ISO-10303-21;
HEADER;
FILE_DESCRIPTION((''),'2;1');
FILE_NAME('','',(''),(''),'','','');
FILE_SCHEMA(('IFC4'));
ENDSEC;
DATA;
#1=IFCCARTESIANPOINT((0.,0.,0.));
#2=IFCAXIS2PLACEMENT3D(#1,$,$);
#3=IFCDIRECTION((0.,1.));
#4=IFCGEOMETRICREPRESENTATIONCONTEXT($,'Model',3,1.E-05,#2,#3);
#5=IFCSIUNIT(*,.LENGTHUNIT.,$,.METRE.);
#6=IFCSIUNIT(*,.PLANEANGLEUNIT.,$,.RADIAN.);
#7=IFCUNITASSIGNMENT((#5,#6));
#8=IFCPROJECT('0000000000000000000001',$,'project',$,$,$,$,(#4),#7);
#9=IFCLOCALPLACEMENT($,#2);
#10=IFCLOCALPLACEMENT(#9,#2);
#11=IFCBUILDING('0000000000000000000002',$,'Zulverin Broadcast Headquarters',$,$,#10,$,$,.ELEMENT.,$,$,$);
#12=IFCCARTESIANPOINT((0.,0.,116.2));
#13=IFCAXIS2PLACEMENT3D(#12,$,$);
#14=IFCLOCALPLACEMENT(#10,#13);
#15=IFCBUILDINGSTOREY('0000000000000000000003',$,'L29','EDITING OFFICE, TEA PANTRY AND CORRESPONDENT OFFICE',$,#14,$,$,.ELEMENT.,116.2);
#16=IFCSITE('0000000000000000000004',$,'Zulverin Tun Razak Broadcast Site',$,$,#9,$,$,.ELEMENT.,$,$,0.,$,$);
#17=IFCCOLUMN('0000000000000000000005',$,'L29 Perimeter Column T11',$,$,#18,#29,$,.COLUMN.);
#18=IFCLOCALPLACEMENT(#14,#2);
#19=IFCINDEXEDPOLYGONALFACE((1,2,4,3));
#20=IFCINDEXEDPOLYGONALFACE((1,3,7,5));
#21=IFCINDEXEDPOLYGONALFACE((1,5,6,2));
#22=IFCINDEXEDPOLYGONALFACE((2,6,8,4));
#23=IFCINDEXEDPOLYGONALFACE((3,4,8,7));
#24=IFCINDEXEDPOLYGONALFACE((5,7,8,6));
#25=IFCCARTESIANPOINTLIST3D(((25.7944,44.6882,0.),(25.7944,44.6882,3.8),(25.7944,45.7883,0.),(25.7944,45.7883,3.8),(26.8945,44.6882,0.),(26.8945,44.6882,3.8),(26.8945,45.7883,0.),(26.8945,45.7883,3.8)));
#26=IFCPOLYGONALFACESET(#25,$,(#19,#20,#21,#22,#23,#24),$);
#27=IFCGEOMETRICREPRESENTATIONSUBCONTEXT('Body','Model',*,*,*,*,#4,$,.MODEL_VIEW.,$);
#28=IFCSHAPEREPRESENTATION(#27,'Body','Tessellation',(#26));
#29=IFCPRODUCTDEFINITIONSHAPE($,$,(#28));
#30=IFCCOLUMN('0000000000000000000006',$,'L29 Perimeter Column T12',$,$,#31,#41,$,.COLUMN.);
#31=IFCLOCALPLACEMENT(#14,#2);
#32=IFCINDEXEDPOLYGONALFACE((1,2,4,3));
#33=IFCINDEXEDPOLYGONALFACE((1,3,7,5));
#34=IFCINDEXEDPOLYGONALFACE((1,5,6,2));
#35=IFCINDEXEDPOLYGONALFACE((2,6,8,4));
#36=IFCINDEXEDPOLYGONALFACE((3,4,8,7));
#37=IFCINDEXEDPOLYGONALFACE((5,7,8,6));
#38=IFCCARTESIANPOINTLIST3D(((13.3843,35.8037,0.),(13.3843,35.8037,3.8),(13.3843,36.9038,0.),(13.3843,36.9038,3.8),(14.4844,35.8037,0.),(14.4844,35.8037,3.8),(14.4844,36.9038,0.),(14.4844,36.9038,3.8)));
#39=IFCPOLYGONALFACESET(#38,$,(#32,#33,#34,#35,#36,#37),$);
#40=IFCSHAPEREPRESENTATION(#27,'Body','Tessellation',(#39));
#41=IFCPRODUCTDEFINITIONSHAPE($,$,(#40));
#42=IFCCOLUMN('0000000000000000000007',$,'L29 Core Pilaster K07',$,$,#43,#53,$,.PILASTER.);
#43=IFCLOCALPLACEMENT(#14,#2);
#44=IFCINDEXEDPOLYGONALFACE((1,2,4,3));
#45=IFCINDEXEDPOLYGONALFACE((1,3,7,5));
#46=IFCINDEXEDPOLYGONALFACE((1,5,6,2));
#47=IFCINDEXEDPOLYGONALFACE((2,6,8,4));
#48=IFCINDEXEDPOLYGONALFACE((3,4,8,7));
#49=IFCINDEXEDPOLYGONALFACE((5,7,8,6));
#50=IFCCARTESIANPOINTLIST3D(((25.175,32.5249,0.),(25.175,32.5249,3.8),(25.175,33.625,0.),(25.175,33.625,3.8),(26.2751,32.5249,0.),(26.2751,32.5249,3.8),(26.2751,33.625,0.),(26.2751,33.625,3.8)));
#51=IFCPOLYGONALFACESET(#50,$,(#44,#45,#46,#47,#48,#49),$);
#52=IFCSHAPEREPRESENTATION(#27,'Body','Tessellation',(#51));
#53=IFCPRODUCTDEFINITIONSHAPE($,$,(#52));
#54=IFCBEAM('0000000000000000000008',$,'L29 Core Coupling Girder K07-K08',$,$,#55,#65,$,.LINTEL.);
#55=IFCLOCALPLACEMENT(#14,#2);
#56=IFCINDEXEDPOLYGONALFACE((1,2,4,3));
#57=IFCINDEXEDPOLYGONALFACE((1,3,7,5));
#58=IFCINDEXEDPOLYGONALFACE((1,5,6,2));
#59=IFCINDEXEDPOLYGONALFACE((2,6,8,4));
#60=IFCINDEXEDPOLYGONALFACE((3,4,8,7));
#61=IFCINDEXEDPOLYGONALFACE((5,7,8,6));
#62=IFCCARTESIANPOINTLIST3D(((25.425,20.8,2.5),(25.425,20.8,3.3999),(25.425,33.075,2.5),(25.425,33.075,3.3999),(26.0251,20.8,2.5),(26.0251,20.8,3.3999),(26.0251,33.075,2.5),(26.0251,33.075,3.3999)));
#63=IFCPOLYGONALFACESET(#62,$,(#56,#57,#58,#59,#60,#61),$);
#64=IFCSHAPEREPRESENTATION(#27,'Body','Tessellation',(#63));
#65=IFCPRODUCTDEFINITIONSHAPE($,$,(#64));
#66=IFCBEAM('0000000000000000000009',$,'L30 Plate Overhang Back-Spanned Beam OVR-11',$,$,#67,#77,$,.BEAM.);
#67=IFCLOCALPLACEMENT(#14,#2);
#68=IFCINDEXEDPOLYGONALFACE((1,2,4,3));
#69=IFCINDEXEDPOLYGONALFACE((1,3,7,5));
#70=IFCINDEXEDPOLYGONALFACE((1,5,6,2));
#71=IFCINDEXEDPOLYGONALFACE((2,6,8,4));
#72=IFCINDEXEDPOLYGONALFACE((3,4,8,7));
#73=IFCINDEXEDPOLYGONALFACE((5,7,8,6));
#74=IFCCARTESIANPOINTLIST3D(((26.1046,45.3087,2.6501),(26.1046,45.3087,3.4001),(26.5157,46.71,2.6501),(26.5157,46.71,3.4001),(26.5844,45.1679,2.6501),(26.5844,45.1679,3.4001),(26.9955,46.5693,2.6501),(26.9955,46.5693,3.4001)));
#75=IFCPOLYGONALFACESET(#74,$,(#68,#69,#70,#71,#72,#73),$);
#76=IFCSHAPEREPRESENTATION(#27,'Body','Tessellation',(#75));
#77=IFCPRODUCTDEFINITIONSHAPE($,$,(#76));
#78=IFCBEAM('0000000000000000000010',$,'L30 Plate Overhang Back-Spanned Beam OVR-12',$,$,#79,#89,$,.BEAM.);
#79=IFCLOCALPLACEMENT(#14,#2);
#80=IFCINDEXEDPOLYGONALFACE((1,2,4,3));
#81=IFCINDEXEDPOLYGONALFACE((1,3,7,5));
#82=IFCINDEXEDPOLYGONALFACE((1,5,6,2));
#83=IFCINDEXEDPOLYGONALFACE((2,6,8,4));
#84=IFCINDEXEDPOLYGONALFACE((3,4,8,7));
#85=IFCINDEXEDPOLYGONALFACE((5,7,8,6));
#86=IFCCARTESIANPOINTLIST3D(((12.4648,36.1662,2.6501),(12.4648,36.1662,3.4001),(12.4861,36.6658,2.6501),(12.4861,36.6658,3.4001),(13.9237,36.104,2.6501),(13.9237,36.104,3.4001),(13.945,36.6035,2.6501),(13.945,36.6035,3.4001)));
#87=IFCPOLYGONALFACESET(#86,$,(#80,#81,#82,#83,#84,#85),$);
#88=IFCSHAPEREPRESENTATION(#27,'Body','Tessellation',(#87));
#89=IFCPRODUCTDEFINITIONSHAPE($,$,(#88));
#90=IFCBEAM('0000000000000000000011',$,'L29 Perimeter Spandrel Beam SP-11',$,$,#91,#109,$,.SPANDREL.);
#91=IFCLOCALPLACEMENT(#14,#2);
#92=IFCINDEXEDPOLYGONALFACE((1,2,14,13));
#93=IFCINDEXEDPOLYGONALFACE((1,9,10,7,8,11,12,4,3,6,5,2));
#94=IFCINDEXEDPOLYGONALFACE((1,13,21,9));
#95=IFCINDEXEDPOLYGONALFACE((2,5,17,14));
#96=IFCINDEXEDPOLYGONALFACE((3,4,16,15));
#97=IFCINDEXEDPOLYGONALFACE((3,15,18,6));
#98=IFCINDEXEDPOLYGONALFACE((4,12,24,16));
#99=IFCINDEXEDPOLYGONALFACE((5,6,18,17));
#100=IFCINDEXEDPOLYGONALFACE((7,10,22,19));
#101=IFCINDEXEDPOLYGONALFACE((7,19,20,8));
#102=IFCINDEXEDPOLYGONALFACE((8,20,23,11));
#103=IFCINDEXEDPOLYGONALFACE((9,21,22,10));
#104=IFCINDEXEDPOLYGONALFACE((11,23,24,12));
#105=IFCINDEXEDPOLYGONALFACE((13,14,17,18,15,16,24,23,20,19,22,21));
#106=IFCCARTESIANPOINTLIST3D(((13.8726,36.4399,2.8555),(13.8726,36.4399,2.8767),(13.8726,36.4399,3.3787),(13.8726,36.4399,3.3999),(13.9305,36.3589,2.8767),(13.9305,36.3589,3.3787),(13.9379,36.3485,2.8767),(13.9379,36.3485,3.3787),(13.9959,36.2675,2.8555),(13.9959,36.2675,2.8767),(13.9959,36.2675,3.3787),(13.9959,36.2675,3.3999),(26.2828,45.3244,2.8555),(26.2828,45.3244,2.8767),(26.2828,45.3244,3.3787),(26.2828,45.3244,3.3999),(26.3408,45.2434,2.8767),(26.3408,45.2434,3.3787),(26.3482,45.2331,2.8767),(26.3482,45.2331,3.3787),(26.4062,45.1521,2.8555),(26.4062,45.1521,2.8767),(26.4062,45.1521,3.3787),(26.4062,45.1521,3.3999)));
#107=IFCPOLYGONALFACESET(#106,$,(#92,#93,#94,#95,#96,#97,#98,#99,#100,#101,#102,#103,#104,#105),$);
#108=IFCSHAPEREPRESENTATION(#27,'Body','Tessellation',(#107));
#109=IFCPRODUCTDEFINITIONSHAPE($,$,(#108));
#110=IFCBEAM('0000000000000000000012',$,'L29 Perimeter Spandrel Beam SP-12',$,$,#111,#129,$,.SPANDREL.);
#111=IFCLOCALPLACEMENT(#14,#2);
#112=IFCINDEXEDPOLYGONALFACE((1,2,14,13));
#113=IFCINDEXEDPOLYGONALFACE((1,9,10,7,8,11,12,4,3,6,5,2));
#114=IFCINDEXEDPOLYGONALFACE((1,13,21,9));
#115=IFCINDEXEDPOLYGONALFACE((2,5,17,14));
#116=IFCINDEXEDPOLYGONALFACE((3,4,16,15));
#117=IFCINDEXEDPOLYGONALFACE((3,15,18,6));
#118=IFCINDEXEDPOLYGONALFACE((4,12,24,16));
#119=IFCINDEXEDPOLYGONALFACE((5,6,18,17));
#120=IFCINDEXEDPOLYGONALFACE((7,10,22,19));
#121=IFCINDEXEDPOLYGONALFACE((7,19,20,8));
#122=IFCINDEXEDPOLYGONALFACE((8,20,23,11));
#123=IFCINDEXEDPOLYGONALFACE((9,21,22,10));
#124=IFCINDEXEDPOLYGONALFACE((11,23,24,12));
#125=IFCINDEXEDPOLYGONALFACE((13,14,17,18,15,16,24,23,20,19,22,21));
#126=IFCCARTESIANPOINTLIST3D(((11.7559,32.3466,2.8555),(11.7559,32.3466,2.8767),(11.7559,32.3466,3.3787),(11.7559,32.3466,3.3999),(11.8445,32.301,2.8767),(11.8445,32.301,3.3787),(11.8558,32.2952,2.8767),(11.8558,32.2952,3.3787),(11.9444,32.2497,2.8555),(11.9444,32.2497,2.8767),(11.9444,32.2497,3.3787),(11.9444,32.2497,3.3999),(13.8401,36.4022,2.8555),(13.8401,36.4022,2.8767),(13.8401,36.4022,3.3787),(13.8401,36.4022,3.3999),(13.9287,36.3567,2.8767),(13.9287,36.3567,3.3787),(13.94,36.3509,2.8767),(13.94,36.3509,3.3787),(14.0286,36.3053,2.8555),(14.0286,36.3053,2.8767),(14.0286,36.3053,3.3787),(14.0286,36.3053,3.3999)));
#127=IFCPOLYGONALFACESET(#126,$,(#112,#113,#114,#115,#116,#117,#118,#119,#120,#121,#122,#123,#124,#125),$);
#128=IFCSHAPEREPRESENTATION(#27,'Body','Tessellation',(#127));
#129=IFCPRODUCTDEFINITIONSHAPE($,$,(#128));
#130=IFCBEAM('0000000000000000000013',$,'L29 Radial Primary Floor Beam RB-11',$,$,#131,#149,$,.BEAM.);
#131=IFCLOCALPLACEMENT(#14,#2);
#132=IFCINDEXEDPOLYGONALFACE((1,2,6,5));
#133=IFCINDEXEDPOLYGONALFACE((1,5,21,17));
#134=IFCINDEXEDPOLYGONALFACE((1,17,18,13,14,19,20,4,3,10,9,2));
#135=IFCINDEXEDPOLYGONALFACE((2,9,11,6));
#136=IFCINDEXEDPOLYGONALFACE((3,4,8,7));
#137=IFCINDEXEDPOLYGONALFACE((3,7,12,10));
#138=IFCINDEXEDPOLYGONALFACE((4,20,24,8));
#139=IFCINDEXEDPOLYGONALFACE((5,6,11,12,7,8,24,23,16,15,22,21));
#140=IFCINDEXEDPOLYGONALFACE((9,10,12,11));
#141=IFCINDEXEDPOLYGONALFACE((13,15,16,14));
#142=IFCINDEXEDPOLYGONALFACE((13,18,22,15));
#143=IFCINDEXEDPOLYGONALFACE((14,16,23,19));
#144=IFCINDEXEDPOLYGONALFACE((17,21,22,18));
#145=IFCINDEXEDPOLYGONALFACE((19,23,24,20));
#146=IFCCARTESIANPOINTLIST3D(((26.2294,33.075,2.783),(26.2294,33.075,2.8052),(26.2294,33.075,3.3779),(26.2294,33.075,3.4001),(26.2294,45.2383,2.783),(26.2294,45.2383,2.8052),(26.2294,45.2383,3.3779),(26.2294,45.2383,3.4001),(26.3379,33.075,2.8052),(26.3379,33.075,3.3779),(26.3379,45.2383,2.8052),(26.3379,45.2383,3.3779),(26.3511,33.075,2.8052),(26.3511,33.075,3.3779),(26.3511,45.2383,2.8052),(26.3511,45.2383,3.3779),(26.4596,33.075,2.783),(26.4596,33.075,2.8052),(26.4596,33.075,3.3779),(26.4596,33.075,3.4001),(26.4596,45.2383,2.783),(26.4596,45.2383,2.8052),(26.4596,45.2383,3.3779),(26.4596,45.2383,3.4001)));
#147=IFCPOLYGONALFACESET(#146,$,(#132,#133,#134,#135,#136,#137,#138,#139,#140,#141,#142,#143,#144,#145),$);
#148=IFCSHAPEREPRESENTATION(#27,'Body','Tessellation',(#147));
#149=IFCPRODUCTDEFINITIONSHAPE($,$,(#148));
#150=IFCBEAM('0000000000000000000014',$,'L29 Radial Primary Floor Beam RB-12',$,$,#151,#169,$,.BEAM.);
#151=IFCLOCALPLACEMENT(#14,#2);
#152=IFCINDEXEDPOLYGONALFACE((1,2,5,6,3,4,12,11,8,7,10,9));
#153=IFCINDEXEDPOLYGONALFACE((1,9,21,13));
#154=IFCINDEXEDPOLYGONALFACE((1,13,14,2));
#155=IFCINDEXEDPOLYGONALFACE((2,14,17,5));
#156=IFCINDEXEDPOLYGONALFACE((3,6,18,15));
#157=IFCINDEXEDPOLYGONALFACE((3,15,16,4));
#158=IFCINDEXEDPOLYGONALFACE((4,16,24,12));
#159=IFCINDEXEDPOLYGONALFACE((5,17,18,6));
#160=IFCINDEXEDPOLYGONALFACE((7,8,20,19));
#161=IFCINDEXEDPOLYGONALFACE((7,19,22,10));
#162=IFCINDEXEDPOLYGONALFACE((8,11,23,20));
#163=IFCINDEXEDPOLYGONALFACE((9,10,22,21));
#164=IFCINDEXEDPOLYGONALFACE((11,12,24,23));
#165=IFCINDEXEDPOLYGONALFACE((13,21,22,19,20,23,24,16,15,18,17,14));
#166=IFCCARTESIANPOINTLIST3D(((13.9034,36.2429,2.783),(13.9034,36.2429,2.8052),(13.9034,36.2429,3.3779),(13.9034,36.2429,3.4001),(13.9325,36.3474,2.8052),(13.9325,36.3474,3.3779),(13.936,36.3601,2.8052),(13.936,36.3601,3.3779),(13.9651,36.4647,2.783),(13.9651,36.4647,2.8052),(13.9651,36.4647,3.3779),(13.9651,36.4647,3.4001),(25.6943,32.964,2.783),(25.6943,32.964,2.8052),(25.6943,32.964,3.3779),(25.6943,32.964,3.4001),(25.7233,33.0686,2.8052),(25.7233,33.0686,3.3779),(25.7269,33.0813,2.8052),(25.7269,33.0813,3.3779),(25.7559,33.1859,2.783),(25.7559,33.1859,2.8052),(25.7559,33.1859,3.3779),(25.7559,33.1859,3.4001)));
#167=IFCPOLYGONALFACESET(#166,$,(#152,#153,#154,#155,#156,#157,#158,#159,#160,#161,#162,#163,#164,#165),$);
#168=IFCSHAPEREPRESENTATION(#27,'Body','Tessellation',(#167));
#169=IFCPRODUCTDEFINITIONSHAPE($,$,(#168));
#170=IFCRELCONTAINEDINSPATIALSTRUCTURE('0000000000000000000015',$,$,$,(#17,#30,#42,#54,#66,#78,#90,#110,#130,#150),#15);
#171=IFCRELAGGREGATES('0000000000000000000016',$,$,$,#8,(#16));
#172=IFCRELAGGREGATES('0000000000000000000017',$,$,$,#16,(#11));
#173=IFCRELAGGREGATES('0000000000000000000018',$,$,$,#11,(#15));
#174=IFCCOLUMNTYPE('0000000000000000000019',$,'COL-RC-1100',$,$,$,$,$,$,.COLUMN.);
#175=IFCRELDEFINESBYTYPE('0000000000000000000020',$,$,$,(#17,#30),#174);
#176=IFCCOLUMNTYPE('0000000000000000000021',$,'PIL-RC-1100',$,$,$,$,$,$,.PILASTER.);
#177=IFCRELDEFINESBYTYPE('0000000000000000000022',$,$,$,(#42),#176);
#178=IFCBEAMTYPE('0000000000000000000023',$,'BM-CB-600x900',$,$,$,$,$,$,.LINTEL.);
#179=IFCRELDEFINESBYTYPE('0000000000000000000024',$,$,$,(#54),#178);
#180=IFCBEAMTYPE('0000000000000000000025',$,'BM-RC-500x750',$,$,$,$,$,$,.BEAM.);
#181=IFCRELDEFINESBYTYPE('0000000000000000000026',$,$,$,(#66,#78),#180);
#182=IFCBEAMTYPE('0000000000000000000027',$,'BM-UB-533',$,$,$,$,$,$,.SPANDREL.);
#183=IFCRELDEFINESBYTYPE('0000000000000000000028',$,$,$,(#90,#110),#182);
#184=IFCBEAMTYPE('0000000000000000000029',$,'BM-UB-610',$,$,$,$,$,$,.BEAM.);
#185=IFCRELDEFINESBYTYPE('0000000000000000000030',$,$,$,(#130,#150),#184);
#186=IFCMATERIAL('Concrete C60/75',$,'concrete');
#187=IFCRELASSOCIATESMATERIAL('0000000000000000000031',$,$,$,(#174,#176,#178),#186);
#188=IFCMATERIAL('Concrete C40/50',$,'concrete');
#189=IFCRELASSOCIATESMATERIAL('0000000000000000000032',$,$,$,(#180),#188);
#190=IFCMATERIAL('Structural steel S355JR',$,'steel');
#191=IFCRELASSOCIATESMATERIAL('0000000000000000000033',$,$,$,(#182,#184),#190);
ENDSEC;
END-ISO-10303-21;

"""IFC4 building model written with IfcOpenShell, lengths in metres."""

from ifc_helpers import new_model, si_unit, direction, frame, origin, origin_2d, place, context, subcontext, project, spatial, rectangle, i_section, extrude, material, material_profile, profile_set, type_object, element, save


model = new_model("IFC4")

# Units and contexts
model_context = context("Model", 3, precision=1e-05, world=origin(), true_north=direction((0.0, 1.0)))
body_context = subcontext(model_context, "Body", "Model", "MODEL_VIEW")
ifc_project = project(units=[si_unit("LENGTHUNIT", "METRE"), si_unit("PLANEANGLEUNIT", "RADIAN")], contexts=[model_context])

# Site, building, storey
site_placement = place(None, origin())
site = spatial("IfcSite", under=ifc_project, at=site_placement, Name="Zulverin Tun Razak Broadcast Site", CompositionType="ELEMENT", RefElevation=0.0)
building_placement = place(site_placement, origin())
building = spatial("IfcBuilding", under=site, at=building_placement, Name="Zulverin Broadcast Headquarters", CompositionType="ELEMENT")
storey_placement = place(building_placement, frame((0.0, 0.0, 116.2)))
storey = spatial("IfcBuildingStorey", under=building, at=storey_placement, Name="L29", Description="EDITING OFFICE, TEA PANTRY AND CORRESPONDENT OFFICE", CompositionType="ELEMENT", Elevation=116.2)

# Columns
ifc_material_1 = material(Name="Concrete C60/75", Category="concrete")
ifc_material_profile_1 = material_profile(ifc_material_1, rectangle(XDim=1.1001, YDim=1.1001, at=origin_2d()), Name="Concrete C60/75", Category="concrete")
ifc_profile_set_1 = profile_set([ifc_material_profile_1], Name="Concrete C60/75")
column_type_1 = type_object("IfcColumnType", Name="COL-RC-1100", PredefinedType="COLUMN", material=ifc_profile_set_1)
for number, where, z_axis, x_axis, name in (
    (1, (26.3445, 45.2383, 0.0), (0.0, 0.0, 1.0), (1.0, 0.0, 0.0), "L29 Perimeter Column T11"),
    (2, (13.9343, 36.3538, 0.0), (0.0, 0.0, 1.0), (1.0, 0.0, 0.0), "L29 Perimeter Column T12"),
):
    element("IfcColumn", number, at=place(storey_placement, frame(where, z_axis=z_axis, x_axis=x_axis)), inside=storey, type_object=column_type_1, Name=name, PredefinedType="COLUMN", context=body_context, shape_type="SweptSolid", body=[
        extrude(rectangle(XDim=1.1001, YDim=1.1001, at=origin_2d()), origin(), (0.0, 0.0, 1.0), 3.8),
    ])
ifc_material_profile_2 = material_profile(ifc_material_1, rectangle(XDim=1.1001, YDim=1.1001, at=origin_2d()), Name="Concrete C60/75", Category="concrete")
ifc_profile_set_2 = profile_set([ifc_material_profile_2], Name="Concrete C60/75")
column_type_2 = type_object("IfcColumnType", Name="PIL-RC-1100", PredefinedType="PILASTER", material=ifc_profile_set_2)
column_placement = place(storey_placement, frame((25.7251, 33.075, 0.0), z_axis=(0.0, 0.0, 1.0), x_axis=(1.0, 0.0, 0.0)))
element("IfcColumn", 3, at=column_placement, inside=storey, type_object=column_type_2, Name="L29 Core Pilaster K07", PredefinedType="PILASTER", context=body_context, shape_type="SweptSolid", body=[
    extrude(rectangle(XDim=1.1001, YDim=1.1001, at=origin_2d()), origin(), (0.0, 0.0, 1.0), 3.8),
])

# Beams
ifc_material_profile_3 = material_profile(ifc_material_1, rectangle(XDim=0.6001, YDim=0.8999, at=origin_2d()), Name="Concrete C60/75", Category="concrete")
ifc_profile_set_3 = profile_set([ifc_material_profile_3], Name="Concrete C60/75")
beam_type_1 = type_object("IfcBeamType", Name="BM-CB-600x900", PredefinedType="LINTEL", material=ifc_profile_set_3)
beam_1_placement = place(storey_placement, frame((25.7251, 33.075, 2.95), z_axis=(0.0, -1.0, 0.0), x_axis=(1.0, 0.0, 0.0)))
element("IfcBeam", 4, at=beam_1_placement, inside=storey, type_object=beam_type_1, Name="L29 Core Coupling Girder K07-K08", PredefinedType="LINTEL", context=body_context, shape_type="SweptSolid", body=[
    extrude(rectangle(XDim=0.6001, YDim=0.8999, at=origin_2d()), origin(), (0.0, 0.0, 1.0), 12.2749),
])
ifc_material_2 = material(Name="Concrete C40/50", Category="concrete")
ifc_material_profile_4 = material_profile(ifc_material_2, rectangle(XDim=0.5, YDim=0.75, at=origin_2d()), Name="Concrete C40/50", Category="concrete")
ifc_profile_set_4 = profile_set([ifc_material_profile_4], Name="Concrete C40/50")
beam_type_2 = type_object("IfcBeamType", Name="BM-RC-500x750", PredefinedType="BEAM", material=ifc_profile_set_4)
beam_2_placement = place(storey_placement, frame((26.3445, 45.2383, 3.0251), z_axis=(0.281515, 0.959557, 0.0), x_axis=(-0.959557, 0.281515, 0.0)))
element("IfcBeam", 5, at=beam_2_placement, inside=storey, type_object=beam_type_2, Name="L30 Plate Overhang Back-Spanned Beam OVR-11", PredefinedType="BEAM", context=body_context, shape_type="SweptSolid", body=[
    extrude(rectangle(XDim=0.5, YDim=0.75, at=origin_2d()), origin(), (0.0, 0.0, 1.0), 1.4604),
])
beam_3_placement = place(storey_placement, frame((13.9343, 36.3538, 3.0251), z_axis=(-0.999091, 0.042632, 0.0), x_axis=(-0.042632, -0.999091, 0.0)))
element("IfcBeam", 6, at=beam_3_placement, inside=storey, type_object=beam_type_2, Name="L30 Plate Overhang Back-Spanned Beam OVR-12", PredefinedType="BEAM", context=body_context, shape_type="SweptSolid", body=[
    extrude(rectangle(XDim=0.5, YDim=0.75, at=origin_2d()), origin(), (0.0, 0.0, 1.0), 1.4602),
])
ifc_material_3 = material(Name="Structural steel S355JR", Category="steel")
ifc_material_profile_5 = material_profile(ifc_material_3, i_section(OverallWidth=0.2119, OverallDepth=0.5444, WebThickness=0.0127, FlangeThickness=0.0212, at=origin_2d()), Name="Structural steel S355JR", Category="steel")
ifc_profile_set_5 = profile_set([ifc_material_profile_5], Name="Structural steel S355JR")
beam_type_3 = type_object("IfcBeamType", Name="BM-UB-533", PredefinedType="SPANDREL", material=ifc_profile_set_5)
beam_4_placement = place(storey_placement, frame((26.3445, 45.2383, 3.1277), z_axis=(-0.813109, -0.582111, 0.0), x_axis=(0.582111, -0.813109, 0.0)))
element("IfcBeam", 7, at=beam_4_placement, inside=storey, type_object=beam_type_3, Name="L29 Perimeter Spandrel Beam SP-11", PredefinedType="SPANDREL", context=body_context, shape_type="SweptSolid", body=[
    extrude(i_section(OverallWidth=0.2119, OverallDepth=0.5444, WebThickness=0.0127, FlangeThickness=0.0212, at=origin_2d()), origin(), (0.0, 0.0, 1.0), 15.2627),
])
beam_5_placement = place(storey_placement, frame((13.9343, 36.3538, 3.1277), z_axis=(-0.457081, -0.889425, 0.0), x_axis=(0.889425, -0.457081, 0.0)))
element("IfcBeam", 8, at=beam_5_placement, inside=storey, type_object=beam_type_3, Name="L29 Perimeter Spandrel Beam SP-12", PredefinedType="SPANDREL", context=body_context, shape_type="SweptSolid", body=[
    extrude(i_section(OverallWidth=0.2119, OverallDepth=0.5444, WebThickness=0.0127, FlangeThickness=0.0212, at=origin_2d()), origin(), (0.0, 0.0, 1.0), 4.5598),
])
ifc_material_profile_6 = material_profile(ifc_material_3, i_section(OverallWidth=0.2302, OverallDepth=0.6172, WebThickness=0.0132, FlangeThickness=0.0222, at=origin_2d()), Name="Structural steel S355JR", Category="steel")
ifc_profile_set_6 = profile_set([ifc_material_profile_6], Name="Structural steel S355JR")
beam_type_4 = type_object("IfcBeamType", Name="BM-UB-610", PredefinedType="BEAM", material=ifc_profile_set_6)
beam_6_placement = place(storey_placement, frame((26.3445, 33.075, 3.0916), z_axis=(0.0, 1.0, 0.0), x_axis=(-1.0, 0.0, 0.0)))
element("IfcBeam", 9, at=beam_6_placement, inside=storey, type_object=beam_type_4, Name="L29 Radial Primary Floor Beam RB-11", PredefinedType="BEAM", context=body_context, shape_type="SweptSolid", body=[
    extrude(i_section(OverallWidth=0.2302, OverallDepth=0.6172, WebThickness=0.0132, FlangeThickness=0.0222, at=origin_2d()), origin(), (0.0, 0.0, 1.0), 12.1633),
])
beam_7_placement = place(storey_placement, frame((25.7251, 33.075, 3.0916), z_axis=(-0.963442, 0.267917, 0.0), x_axis=(-0.267917, -0.963442, 0.0)))
element("IfcBeam", 10, at=beam_7_placement, inside=storey, type_object=beam_type_4, Name="L29 Radial Primary Floor Beam RB-12", PredefinedType="BEAM", context=body_context, shape_type="SweptSolid", body=[
    extrude(i_section(OverallWidth=0.2302, OverallDepth=0.6172, WebThickness=0.0132, FlangeThickness=0.0222, at=origin_2d()), origin(), (0.0, 0.0, 1.0), 12.2383),
])

save(model, "model.ifc")
